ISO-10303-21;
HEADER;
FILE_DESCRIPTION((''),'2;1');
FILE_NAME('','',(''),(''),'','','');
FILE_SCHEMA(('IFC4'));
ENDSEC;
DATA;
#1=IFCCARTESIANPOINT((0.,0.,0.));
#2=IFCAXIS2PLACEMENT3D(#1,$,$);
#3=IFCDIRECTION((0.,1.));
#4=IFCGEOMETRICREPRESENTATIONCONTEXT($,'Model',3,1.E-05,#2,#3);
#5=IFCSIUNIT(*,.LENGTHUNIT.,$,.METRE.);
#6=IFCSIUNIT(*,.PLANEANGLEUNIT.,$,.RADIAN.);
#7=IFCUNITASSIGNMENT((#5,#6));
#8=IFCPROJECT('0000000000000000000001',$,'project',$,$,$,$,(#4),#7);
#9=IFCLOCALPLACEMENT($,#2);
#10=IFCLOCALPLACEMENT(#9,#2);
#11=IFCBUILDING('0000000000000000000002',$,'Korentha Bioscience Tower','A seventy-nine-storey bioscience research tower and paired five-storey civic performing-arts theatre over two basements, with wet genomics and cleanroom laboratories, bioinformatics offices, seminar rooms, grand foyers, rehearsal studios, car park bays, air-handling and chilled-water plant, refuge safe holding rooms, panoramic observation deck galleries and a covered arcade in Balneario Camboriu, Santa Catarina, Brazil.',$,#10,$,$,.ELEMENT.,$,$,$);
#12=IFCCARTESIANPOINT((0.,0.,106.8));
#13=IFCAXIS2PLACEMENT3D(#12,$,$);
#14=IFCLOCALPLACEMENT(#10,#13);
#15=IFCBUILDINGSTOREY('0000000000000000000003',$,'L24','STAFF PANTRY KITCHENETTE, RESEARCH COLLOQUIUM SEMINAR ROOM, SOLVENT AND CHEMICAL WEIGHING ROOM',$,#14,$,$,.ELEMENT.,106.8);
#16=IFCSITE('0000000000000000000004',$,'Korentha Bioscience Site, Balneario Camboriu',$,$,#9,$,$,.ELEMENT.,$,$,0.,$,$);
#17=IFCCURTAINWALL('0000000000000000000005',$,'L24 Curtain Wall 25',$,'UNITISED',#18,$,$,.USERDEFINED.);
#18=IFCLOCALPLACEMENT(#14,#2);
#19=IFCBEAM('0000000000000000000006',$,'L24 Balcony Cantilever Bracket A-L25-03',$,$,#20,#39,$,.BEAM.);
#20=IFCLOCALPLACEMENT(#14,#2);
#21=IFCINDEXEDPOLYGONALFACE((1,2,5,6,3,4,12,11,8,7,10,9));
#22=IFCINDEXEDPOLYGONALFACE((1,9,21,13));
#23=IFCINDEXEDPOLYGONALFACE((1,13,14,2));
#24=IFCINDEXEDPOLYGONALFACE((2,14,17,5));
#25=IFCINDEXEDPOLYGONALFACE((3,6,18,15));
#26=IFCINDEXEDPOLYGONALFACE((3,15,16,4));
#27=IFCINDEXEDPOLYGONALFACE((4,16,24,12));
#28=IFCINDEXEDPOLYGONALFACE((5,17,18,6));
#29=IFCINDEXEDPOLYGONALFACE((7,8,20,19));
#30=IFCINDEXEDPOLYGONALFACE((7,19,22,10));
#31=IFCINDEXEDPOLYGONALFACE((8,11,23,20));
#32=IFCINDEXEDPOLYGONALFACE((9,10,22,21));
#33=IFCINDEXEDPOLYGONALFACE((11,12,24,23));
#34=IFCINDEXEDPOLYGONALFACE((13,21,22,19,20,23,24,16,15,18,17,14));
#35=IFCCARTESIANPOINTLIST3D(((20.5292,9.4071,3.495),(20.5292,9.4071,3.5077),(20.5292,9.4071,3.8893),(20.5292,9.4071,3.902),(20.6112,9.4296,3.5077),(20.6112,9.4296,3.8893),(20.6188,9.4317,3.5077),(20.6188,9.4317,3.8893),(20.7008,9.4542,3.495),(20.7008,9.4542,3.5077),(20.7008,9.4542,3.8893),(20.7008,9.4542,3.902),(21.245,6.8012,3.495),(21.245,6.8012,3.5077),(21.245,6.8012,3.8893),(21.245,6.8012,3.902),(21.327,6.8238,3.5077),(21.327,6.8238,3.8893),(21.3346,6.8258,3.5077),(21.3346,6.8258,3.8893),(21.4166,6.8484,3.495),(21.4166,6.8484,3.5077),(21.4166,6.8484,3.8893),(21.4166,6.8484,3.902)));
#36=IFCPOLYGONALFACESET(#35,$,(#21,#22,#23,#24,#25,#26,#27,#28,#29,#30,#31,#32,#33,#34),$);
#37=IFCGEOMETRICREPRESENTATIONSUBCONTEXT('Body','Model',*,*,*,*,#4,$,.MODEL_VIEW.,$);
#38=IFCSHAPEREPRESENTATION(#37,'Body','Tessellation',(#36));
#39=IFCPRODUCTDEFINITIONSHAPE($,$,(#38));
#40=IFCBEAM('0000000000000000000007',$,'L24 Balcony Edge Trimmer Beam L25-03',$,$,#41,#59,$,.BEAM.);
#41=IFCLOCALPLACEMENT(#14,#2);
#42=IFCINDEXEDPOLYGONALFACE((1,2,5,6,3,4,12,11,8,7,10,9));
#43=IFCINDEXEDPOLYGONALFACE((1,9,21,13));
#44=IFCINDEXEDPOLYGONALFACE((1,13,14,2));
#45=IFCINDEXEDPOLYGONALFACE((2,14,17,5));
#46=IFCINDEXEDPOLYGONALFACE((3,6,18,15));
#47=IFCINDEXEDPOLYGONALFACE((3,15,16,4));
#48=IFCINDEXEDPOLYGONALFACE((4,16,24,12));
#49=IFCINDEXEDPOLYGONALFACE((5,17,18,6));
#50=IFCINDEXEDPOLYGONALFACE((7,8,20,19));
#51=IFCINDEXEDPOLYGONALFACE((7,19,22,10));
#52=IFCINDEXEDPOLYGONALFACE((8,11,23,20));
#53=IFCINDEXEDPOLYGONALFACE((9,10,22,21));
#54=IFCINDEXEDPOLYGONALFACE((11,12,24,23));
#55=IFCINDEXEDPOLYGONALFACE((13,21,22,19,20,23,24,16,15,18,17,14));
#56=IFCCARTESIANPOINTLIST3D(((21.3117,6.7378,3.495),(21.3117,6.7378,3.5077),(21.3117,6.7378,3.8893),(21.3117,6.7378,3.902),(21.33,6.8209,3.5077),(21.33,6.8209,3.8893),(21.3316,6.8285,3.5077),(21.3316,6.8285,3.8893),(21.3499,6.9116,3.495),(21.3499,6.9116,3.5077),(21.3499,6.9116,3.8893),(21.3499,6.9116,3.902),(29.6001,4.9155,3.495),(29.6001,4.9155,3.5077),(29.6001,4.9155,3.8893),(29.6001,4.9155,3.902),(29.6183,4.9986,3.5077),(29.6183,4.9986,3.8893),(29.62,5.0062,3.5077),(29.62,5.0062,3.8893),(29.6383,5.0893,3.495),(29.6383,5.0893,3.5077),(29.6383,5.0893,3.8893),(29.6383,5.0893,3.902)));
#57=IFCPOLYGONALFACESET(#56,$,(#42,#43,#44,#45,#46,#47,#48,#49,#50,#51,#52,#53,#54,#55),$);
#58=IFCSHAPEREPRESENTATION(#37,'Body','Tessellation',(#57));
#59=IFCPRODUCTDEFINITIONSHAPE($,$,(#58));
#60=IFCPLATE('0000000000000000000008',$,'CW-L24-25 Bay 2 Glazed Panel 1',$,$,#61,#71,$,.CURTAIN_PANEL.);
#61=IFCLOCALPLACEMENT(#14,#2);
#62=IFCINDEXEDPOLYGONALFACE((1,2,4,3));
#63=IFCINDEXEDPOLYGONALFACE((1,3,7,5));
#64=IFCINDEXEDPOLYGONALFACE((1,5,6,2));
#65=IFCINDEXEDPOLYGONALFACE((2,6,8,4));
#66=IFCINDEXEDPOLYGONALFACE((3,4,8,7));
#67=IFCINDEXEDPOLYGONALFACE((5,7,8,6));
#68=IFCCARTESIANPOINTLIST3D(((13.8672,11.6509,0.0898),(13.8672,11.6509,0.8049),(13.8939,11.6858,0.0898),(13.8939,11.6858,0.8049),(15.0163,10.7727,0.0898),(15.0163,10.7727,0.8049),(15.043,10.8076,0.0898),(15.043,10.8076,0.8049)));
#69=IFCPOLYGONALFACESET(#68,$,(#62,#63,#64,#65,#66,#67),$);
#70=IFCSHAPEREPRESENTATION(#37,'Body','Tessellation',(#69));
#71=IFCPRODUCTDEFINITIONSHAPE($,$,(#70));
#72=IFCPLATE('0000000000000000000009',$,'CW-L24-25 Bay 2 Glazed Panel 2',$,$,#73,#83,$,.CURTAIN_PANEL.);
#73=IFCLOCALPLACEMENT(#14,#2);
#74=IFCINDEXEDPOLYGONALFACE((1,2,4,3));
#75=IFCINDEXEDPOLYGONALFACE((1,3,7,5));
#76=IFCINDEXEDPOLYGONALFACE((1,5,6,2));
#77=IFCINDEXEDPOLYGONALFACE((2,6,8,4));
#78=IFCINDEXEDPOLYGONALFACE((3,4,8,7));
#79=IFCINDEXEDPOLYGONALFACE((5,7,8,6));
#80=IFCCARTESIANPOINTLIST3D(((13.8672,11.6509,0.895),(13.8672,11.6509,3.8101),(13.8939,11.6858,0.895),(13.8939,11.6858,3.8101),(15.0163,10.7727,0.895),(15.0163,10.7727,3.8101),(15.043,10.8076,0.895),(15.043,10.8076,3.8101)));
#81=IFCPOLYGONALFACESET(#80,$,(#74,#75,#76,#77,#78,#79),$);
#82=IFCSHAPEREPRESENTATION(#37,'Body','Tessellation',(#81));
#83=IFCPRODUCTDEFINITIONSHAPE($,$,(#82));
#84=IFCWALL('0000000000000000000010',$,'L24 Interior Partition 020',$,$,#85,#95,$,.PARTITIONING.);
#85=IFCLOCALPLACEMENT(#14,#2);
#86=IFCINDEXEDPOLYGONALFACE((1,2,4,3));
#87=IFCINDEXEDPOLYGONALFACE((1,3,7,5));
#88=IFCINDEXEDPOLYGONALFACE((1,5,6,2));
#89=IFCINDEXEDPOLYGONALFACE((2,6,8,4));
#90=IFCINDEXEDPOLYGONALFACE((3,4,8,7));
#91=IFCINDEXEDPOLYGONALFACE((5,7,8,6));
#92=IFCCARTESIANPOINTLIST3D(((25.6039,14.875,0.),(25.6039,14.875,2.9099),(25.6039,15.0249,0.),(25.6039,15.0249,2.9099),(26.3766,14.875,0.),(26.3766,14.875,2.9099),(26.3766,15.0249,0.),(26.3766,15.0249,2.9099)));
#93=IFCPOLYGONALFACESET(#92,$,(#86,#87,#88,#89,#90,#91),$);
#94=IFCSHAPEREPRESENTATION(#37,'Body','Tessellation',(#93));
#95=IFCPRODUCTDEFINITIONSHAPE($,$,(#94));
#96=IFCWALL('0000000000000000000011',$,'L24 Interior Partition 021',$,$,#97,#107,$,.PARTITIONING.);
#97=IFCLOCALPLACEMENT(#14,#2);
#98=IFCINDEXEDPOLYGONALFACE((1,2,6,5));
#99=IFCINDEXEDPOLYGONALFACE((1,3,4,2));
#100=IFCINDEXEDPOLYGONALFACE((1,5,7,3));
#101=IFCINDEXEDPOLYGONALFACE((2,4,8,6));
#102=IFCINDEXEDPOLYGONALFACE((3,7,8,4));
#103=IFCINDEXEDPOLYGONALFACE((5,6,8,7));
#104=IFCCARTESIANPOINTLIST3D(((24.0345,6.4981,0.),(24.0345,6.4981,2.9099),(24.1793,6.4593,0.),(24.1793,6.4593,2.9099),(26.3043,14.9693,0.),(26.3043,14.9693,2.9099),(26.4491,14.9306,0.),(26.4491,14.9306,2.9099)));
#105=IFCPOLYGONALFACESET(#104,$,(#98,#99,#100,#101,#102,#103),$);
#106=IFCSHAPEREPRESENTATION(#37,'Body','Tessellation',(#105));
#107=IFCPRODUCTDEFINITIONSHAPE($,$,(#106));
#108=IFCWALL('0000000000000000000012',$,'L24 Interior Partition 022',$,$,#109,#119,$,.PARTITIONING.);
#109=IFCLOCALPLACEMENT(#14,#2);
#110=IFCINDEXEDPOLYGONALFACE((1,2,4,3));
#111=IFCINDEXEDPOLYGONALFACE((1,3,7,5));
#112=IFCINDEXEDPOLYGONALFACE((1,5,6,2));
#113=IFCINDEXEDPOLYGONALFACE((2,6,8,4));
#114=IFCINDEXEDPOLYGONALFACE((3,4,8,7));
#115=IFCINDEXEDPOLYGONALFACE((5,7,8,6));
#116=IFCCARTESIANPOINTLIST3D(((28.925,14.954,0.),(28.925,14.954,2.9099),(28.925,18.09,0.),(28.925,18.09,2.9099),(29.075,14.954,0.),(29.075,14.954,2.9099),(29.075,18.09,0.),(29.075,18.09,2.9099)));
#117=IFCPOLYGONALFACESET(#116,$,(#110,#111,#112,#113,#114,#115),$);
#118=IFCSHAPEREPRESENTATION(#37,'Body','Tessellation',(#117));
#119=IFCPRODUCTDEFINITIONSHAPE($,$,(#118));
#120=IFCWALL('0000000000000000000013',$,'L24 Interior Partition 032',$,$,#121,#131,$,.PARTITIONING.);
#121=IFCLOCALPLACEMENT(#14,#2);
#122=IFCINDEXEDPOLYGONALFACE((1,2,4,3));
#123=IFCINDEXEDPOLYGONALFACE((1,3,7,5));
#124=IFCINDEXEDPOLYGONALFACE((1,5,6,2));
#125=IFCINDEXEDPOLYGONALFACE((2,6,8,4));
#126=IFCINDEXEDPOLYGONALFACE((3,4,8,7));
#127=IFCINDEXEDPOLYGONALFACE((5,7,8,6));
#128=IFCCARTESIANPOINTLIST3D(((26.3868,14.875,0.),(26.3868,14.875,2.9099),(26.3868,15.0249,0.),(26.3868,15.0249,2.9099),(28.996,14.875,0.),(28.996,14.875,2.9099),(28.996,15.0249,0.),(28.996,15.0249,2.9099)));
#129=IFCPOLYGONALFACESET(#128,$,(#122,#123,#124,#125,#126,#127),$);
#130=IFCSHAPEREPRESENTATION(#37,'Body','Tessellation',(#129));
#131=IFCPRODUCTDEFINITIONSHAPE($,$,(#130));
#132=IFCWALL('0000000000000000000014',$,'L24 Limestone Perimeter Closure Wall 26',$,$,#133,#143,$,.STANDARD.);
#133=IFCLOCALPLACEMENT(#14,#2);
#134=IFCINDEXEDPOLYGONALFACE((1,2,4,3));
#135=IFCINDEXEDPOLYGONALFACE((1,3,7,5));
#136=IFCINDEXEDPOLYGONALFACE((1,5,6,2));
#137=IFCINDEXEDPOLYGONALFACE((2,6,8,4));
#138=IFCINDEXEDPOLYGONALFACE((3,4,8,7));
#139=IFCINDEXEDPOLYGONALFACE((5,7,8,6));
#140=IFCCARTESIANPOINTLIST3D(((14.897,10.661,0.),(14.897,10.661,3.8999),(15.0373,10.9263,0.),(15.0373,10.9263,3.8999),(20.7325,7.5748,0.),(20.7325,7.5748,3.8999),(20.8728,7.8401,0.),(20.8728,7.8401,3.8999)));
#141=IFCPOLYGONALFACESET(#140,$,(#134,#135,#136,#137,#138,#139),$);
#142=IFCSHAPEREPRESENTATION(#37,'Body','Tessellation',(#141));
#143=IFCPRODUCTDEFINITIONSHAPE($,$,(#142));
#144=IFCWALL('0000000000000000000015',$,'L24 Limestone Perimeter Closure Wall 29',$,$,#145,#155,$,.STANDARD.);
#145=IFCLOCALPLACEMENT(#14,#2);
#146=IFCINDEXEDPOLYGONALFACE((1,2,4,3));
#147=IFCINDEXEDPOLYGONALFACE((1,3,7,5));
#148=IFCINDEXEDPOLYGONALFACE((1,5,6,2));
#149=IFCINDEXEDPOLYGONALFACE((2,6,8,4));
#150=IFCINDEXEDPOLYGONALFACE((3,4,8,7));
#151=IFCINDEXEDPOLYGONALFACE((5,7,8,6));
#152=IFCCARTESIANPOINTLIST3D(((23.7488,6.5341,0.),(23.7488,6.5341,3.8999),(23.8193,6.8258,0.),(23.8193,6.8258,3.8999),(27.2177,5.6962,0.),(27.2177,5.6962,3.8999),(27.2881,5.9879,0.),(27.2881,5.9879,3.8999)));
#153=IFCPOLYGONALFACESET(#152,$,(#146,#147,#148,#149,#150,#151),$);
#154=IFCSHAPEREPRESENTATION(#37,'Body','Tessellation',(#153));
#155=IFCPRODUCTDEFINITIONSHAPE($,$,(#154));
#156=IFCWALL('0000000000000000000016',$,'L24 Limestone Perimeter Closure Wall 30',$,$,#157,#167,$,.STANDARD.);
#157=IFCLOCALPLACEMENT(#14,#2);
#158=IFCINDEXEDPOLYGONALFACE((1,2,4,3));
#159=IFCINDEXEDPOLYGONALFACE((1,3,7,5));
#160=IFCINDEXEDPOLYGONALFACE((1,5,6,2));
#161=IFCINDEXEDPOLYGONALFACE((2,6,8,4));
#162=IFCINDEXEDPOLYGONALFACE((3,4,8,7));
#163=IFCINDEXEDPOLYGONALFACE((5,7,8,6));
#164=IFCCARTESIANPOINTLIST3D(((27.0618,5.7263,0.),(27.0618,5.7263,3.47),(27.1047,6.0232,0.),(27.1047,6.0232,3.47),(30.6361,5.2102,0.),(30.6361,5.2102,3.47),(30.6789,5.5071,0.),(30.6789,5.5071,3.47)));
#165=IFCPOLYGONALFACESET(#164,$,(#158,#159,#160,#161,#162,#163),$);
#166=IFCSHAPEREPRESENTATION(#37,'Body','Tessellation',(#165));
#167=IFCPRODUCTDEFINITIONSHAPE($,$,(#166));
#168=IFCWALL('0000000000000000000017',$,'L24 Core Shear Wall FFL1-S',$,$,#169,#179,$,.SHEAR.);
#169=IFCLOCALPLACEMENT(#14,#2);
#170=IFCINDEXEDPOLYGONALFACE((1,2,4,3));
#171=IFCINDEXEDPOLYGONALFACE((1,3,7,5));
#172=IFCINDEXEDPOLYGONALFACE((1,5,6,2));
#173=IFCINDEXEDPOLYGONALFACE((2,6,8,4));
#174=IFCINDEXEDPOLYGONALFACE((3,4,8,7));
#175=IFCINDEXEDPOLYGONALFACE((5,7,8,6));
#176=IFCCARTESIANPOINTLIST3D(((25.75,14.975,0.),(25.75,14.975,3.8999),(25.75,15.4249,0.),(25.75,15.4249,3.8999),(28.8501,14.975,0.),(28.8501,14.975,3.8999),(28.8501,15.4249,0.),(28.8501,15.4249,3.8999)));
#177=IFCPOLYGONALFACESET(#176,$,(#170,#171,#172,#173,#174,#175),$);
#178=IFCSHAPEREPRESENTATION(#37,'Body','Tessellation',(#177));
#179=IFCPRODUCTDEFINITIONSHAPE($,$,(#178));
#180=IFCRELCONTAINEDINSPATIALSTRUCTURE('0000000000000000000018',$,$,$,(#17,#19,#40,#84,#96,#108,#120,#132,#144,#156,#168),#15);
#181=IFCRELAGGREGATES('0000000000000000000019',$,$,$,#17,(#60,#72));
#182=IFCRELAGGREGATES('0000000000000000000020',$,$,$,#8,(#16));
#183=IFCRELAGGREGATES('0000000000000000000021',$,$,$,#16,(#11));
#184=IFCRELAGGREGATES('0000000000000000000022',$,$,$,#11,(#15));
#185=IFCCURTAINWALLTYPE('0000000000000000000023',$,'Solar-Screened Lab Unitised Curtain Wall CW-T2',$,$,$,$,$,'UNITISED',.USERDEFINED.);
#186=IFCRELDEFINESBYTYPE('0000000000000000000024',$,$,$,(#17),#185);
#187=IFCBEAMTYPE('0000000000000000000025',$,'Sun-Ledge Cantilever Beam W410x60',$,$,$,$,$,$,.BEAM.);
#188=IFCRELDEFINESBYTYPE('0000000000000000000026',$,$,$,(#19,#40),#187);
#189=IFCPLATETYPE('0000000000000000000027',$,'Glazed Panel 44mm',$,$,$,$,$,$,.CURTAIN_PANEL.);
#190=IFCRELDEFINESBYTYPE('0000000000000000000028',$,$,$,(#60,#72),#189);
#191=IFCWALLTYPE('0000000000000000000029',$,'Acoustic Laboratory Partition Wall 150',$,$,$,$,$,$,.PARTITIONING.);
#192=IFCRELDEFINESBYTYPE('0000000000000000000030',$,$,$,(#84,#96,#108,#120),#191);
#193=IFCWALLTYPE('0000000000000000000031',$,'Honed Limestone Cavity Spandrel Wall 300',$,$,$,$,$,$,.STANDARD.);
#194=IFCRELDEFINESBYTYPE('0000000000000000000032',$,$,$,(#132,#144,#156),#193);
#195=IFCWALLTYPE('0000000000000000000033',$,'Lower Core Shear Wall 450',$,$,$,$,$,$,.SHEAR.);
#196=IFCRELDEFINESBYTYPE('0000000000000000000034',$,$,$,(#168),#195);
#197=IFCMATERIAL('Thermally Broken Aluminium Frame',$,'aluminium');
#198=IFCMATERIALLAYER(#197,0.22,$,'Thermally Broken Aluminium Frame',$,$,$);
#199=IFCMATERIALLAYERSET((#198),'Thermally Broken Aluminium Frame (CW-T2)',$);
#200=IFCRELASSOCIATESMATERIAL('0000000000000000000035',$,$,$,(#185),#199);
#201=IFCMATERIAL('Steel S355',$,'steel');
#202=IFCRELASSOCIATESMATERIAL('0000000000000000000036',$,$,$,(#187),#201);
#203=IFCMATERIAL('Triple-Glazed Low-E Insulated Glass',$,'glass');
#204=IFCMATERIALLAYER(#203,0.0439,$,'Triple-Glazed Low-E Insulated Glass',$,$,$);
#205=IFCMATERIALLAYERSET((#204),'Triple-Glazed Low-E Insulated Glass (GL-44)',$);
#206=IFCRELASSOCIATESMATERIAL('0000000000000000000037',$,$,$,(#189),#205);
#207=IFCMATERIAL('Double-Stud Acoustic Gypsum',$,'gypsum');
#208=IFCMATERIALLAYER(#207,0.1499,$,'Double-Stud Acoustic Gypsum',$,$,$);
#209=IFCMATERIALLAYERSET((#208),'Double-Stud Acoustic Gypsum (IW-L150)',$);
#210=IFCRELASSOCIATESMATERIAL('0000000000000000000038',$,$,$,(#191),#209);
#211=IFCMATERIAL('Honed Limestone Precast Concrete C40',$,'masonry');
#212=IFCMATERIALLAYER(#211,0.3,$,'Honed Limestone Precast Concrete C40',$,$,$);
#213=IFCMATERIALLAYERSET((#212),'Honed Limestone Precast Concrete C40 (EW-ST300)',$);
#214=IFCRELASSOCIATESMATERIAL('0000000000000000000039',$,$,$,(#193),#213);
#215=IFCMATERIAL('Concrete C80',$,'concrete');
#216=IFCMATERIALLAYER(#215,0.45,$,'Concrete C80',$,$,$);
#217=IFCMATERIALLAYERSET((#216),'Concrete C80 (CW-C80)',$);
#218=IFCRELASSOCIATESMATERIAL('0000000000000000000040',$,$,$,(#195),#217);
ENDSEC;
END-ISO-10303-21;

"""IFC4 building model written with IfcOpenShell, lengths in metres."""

from ifc_helpers import new_model, si_unit, direction, frame, frame_2d, origin, origin_2d, place, context, subcontext, project, spatial, rectangle, i_section, extrude, material, layer, layer_set, material_profile, profile_set, type_object, element, aggregate, save


model = new_model("IFC4")

# Units and contexts
model_context = context("Model", 3, precision=1e-05, world=origin(), true_north=direction((0.0, 1.0)))
body_context = subcontext(model_context, "Body", "Model", "MODEL_VIEW")
ifc_project = project(units=[si_unit("LENGTHUNIT", "METRE"), si_unit("PLANEANGLEUNIT", "RADIAN")], contexts=[model_context])

# Site, building, storey
site_placement = place(None, origin())
site = spatial("IfcSite", under=ifc_project, at=site_placement, Name="Korentha Bioscience Site, Balneario Camboriu", CompositionType="ELEMENT", RefElevation=0.0)
building_placement = place(site_placement, origin())
building = spatial("IfcBuilding", under=site, at=building_placement, Name="Korentha Bioscience Tower", Description="A seventy-nine-storey bioscience research tower and paired five-storey civic performing-arts theatre over two basements, with wet genomics and cleanroom laboratories, bioinformatics offices, seminar rooms, grand foyers, rehearsal studios, car park bays, air-handling and chilled-water plant, refuge safe holding rooms, panoramic observation deck galleries and a covered arcade in Balneario Camboriu, Santa Catarina, Brazil.", CompositionType="ELEMENT")
storey_placement = place(building_placement, frame((0.0, 0.0, 106.8)))
storey = spatial("IfcBuildingStorey", under=building, at=storey_placement, Name="L24", Description="STAFF PANTRY KITCHENETTE, RESEARCH COLLOQUIUM SEMINAR ROOM, SOLVENT AND CHEMICAL WEIGHING ROOM", CompositionType="ELEMENT", Elevation=106.8)

# Shared definitions
ifc_material_1 = material(Name="Concrete C80", Category="concrete")

# Curtain wall
ifc_material_2 = material(Name="Thermally Broken Aluminium Frame", Category="aluminium")
ifc_layer_1 = layer(ifc_material_2, 0.22, Name="Thermally Broken Aluminium Frame")
ifc_layer_set_1 = layer_set([ifc_layer_1], Name="Thermally Broken Aluminium Frame (CW-T2)")
curtain_wall_type = type_object("IfcCurtainWallType", Name="Solar-Screened Lab Unitised Curtain Wall CW-T2", ElementType="UNITISED", PredefinedType="USERDEFINED", material=ifc_layer_set_1)
curtain_wall_placement = place(storey_placement, origin())
curtain_wall = element("IfcCurtainWall", 1, at=curtain_wall_placement, inside=storey, type_object=curtain_wall_type, Name="L24 Curtain Wall 25", ObjectType="UNITISED", PredefinedType="USERDEFINED")

# Beams
ifc_material_3 = material(Name="Steel S355", Category="steel")
ifc_material_profile_1 = material_profile(ifc_material_3, i_section(OverallWidth=0.178, OverallDepth=0.407, WebThickness=0.0078, FlangeThickness=0.0127, at=origin_2d()), Name="Steel S355")
ifc_profile_set_1 = profile_set([ifc_material_profile_1], Name="Steel S355 (CB-410)")
beam_type_1 = type_object("IfcBeamType", Name="Sun-Ledge Cantilever Beam W410x60", PredefinedType="BEAM", material=ifc_profile_set_1)
beam_1_placement = place(storey_placement, frame((20.615, 9.4307, 3.6985), z_axis=(0.264875, -0.964283, 0.0), x_axis=(0.964283, 0.264875, 0.0)))
element("IfcBeam", 2, at=beam_1_placement, inside=storey, type_object=beam_type_1, Name="L24 Balcony Cantilever Bracket A-L25-03", PredefinedType="BEAM", context=body_context, shape_type="SweptSolid", body=[
    extrude(i_section(OverallWidth=0.178, OverallDepth=0.407, WebThickness=0.0078, FlangeThickness=0.0127, at=origin_2d()), origin(), (0.0, 0.0, 1.0), 2.7024),
])
beam_2_placement = place(storey_placement, frame((21.3308, 6.8247, 3.6985), z_axis=(0.976673, -0.214731, 0.0), x_axis=(0.214731, 0.976673, 0.0)))
element("IfcBeam", 3, at=beam_2_placement, inside=storey, type_object=beam_type_1, Name="L24 Balcony Edge Trimmer Beam L25-03", PredefinedType="BEAM", context=body_context, shape_type="SweptSolid", body=[
    extrude(i_section(OverallWidth=0.178, OverallDepth=0.407, WebThickness=0.0078, FlangeThickness=0.0127, at=origin_2d()), origin(), (0.0, 0.0, 1.0), 8.4863),
])

# Plates
ifc_material_4 = material(Name="Triple-Glazed Low-E Insulated Glass", Category="glass")
ifc_layer_2 = layer(ifc_material_4, 0.0439, Name="Triple-Glazed Low-E Insulated Glass")
ifc_layer_set_2 = layer_set([ifc_layer_2], Name="Triple-Glazed Low-E Insulated Glass (GL-44)")
plate_type = type_object("IfcPlateType", Name="Glazed Panel 44mm", PredefinedType="CURTAIN_PANEL", material=ifc_layer_set_2)
plate_1_placement = place(storey_placement, frame((14.4551, 11.2292, 0.0898), z_axis=(0.0, 0.0, 1.0), x_axis=(0.7945, -0.607265, 0.0)))
plate_1 = element("IfcPlate", 4, at=plate_1_placement, type_object=plate_type, Name="CW-L24-25 Bay 2 Glazed Panel 1", PredefinedType="CURTAIN_PANEL", context=body_context, shape_type="SweptSolid", body=[
    extrude(rectangle(XDim=1.4463, YDim=0.0439, at=origin_2d()), origin(), (0.0, 0.0, 1.0), 0.7151),
])
plate_2_placement = place(storey_placement, frame((14.4551, 11.2292, 0.895), z_axis=(0.0, 0.0, 1.0), x_axis=(0.7945, -0.607265, 0.0)))
plate_2 = element("IfcPlate", 5, at=plate_2_placement, type_object=plate_type, Name="CW-L24-25 Bay 2 Glazed Panel 2", PredefinedType="CURTAIN_PANEL", context=body_context, shape_type="SweptSolid", body=[
    extrude(rectangle(XDim=1.4463, YDim=0.0439, at=origin_2d()), origin(), (0.0, 0.0, 1.0), 2.915),
])
aggregate(curtain_wall, [plate_1, plate_2])

# Walls
ifc_material_5 = material(Name="Double-Stud Acoustic Gypsum", Category="gypsum")
ifc_layer_3 = layer(ifc_material_5, 0.1499, Name="Double-Stud Acoustic Gypsum")
ifc_layer_set_3 = layer_set([ifc_layer_3], Name="Double-Stud Acoustic Gypsum (IW-L150)")
wall_type_1 = type_object("IfcWallType", Name="Acoustic Laboratory Partition Wall 150", PredefinedType="PARTITIONING", material=ifc_layer_set_3)
wall_1_placement = place(storey_placement, frame((25.604, 14.95, 0.0), z_axis=(0.0, 0.0, 1.0), x_axis=(1.0, 0.0, 0.0)))
element("IfcWall", 6, at=wall_1_placement, inside=storey, type_object=wall_type_1, Name="L24 Interior Partition 020", PredefinedType="PARTITIONING", context=body_context, shape_type="SweptSolid", body=[
    extrude(rectangle(XDim=0.7727, YDim=0.1499, at=frame_2d((0.3862, 0.0))), origin(), (0.0, 0.0, 1.0), 2.9099),
])
wall_2_placement = place(storey_placement, frame((26.3767, 14.95, 0.0), z_axis=(0.0, 0.0, 1.0), x_axis=(-0.258811, -0.965928, 0.0)))
element("IfcWall", 7, at=wall_2_placement, inside=storey, type_object=wall_type_1, Name="L24 Interior Partition 021", PredefinedType="PARTITIONING", context=body_context, shape_type="SweptSolid", body=[
    extrude(rectangle(XDim=8.77, YDim=0.1499, at=frame_2d((4.385, 0.0))), origin(), (0.0, 0.0, 1.0), 2.9099),
])
wall_3_placement = place(storey_placement, frame((29.0, 14.9541, 0.0), z_axis=(0.0, 0.0, 1.0), x_axis=(0.0, 1.0, 0.0)))
element("IfcWall", 8, at=wall_3_placement, inside=storey, type_object=wall_type_1, Name="L24 Interior Partition 022", PredefinedType="PARTITIONING", context=body_context, shape_type="SweptSolid", body=[
    extrude(rectangle(XDim=3.136, YDim=0.1499, at=frame_2d((1.5679, 0.0))), origin(), (0.0, 0.0, 1.0), 2.9099),
])
wall_4_placement = place(storey_placement, frame((26.3867, 14.95, 0.0), z_axis=(0.0, 0.0, 1.0), x_axis=(1.0, 0.0, 0.0)))
element("IfcWall", 9, at=wall_4_placement, inside=storey, type_object=wall_type_1, Name="L24 Interior Partition 032", PredefinedType="PARTITIONING", context=body_context, shape_type="SweptSolid", body=[
    extrude(rectangle(XDim=2.6091, YDim=0.1499, at=frame_2d((1.3047, 0.0))), origin(), (0.0, 0.0, 1.0), 2.9099),
])

# Shared definitions
ifc_material_6 = material(Name="Honed Limestone Precast Concrete C40", Category="masonry")
ifc_layer_4 = layer(ifc_material_6, 0.3, Name="Honed Limestone Precast Concrete C40")
ifc_layer_set_4 = layer_set([ifc_layer_4], Name="Honed Limestone Precast Concrete C40 (EW-ST300)")
wall_type_2 = type_object("IfcWallType", Name="Honed Limestone Cavity Spandrel Wall 300", PredefinedType="STANDARD", material=ifc_layer_set_4)

# Walls
wall_5_placement = place(storey_placement, frame((14.967, 10.7937, 0.0), z_axis=(0.0, 0.0, 1.0), x_axis=(0.883987, -0.467512, 0.0)))
element("IfcWall", 10, at=wall_5_placement, inside=storey, type_object=wall_type_2, Name="L24 Limestone Perimeter Closure Wall 26", PredefinedType="STANDARD", context=body_context, shape_type="SweptSolid", body=[
    extrude(rectangle(XDim=6.6013, YDim=0.3, at=frame_2d((3.3008, 0.0))), origin(), (0.0, 0.0, 1.0), 3.8999),
])
wall_6_placement = place(storey_placement, frame((23.7842, 6.6799, 0.0), z_axis=(0.0, 0.0, 1.0), x_axis=(0.972043, -0.234801, 0.0)))
element("IfcWall", 11, at=wall_6_placement, inside=storey, type_object=wall_type_2, Name="L24 Limestone Perimeter Closure Wall 29", PredefinedType="STANDARD", context=body_context, shape_type="SweptSolid", body=[
    extrude(rectangle(XDim=3.5686, YDim=0.3, at=frame_2d((1.7842, 0.0))), origin(), (0.0, 0.0, 1.0), 3.8999),
])
wall_7_placement = place(storey_placement, frame((27.0833, 5.8748, 0.0), z_axis=(0.0, 0.0, 1.0), x_axis=(0.989735, -0.142917, 0.0)))
element("IfcWall", 12, at=wall_7_placement, inside=storey, type_object=wall_type_2, Name="L24 Limestone Perimeter Closure Wall 30", PredefinedType="STANDARD", context=body_context, shape_type="SweptSolid", body=[
    extrude(rectangle(XDim=3.6113, YDim=0.3, at=frame_2d((1.8057, 0.0))), origin(), (0.0, 0.0, 1.0), 3.47),
])
ifc_layer_5 = layer(ifc_material_1, 0.45, Name="Concrete C80")
ifc_layer_set_5 = layer_set([ifc_layer_5], Name="Concrete C80 (CW-C80)")
wall_type_3 = type_object("IfcWallType", Name="Lower Core Shear Wall 450", PredefinedType="SHEAR", material=ifc_layer_set_5)
wall_8_placement = place(storey_placement, frame((25.75, 15.2, 0.0), z_axis=(0.0, 0.0, 1.0), x_axis=(1.0, 0.0, 0.0)))
element("IfcWall", 13, at=wall_8_placement, inside=storey, type_object=wall_type_3, Name="L24 Core Shear Wall FFL1-S", PredefinedType="SHEAR", context=body_context, shape_type="SweptSolid", body=[
    extrude(rectangle(XDim=3.1001, YDim=0.45, at=frame_2d((1.55, 0.0))), origin(), (0.0, 0.0, 1.0), 3.8999),
])

save(model, "model.ifc")
